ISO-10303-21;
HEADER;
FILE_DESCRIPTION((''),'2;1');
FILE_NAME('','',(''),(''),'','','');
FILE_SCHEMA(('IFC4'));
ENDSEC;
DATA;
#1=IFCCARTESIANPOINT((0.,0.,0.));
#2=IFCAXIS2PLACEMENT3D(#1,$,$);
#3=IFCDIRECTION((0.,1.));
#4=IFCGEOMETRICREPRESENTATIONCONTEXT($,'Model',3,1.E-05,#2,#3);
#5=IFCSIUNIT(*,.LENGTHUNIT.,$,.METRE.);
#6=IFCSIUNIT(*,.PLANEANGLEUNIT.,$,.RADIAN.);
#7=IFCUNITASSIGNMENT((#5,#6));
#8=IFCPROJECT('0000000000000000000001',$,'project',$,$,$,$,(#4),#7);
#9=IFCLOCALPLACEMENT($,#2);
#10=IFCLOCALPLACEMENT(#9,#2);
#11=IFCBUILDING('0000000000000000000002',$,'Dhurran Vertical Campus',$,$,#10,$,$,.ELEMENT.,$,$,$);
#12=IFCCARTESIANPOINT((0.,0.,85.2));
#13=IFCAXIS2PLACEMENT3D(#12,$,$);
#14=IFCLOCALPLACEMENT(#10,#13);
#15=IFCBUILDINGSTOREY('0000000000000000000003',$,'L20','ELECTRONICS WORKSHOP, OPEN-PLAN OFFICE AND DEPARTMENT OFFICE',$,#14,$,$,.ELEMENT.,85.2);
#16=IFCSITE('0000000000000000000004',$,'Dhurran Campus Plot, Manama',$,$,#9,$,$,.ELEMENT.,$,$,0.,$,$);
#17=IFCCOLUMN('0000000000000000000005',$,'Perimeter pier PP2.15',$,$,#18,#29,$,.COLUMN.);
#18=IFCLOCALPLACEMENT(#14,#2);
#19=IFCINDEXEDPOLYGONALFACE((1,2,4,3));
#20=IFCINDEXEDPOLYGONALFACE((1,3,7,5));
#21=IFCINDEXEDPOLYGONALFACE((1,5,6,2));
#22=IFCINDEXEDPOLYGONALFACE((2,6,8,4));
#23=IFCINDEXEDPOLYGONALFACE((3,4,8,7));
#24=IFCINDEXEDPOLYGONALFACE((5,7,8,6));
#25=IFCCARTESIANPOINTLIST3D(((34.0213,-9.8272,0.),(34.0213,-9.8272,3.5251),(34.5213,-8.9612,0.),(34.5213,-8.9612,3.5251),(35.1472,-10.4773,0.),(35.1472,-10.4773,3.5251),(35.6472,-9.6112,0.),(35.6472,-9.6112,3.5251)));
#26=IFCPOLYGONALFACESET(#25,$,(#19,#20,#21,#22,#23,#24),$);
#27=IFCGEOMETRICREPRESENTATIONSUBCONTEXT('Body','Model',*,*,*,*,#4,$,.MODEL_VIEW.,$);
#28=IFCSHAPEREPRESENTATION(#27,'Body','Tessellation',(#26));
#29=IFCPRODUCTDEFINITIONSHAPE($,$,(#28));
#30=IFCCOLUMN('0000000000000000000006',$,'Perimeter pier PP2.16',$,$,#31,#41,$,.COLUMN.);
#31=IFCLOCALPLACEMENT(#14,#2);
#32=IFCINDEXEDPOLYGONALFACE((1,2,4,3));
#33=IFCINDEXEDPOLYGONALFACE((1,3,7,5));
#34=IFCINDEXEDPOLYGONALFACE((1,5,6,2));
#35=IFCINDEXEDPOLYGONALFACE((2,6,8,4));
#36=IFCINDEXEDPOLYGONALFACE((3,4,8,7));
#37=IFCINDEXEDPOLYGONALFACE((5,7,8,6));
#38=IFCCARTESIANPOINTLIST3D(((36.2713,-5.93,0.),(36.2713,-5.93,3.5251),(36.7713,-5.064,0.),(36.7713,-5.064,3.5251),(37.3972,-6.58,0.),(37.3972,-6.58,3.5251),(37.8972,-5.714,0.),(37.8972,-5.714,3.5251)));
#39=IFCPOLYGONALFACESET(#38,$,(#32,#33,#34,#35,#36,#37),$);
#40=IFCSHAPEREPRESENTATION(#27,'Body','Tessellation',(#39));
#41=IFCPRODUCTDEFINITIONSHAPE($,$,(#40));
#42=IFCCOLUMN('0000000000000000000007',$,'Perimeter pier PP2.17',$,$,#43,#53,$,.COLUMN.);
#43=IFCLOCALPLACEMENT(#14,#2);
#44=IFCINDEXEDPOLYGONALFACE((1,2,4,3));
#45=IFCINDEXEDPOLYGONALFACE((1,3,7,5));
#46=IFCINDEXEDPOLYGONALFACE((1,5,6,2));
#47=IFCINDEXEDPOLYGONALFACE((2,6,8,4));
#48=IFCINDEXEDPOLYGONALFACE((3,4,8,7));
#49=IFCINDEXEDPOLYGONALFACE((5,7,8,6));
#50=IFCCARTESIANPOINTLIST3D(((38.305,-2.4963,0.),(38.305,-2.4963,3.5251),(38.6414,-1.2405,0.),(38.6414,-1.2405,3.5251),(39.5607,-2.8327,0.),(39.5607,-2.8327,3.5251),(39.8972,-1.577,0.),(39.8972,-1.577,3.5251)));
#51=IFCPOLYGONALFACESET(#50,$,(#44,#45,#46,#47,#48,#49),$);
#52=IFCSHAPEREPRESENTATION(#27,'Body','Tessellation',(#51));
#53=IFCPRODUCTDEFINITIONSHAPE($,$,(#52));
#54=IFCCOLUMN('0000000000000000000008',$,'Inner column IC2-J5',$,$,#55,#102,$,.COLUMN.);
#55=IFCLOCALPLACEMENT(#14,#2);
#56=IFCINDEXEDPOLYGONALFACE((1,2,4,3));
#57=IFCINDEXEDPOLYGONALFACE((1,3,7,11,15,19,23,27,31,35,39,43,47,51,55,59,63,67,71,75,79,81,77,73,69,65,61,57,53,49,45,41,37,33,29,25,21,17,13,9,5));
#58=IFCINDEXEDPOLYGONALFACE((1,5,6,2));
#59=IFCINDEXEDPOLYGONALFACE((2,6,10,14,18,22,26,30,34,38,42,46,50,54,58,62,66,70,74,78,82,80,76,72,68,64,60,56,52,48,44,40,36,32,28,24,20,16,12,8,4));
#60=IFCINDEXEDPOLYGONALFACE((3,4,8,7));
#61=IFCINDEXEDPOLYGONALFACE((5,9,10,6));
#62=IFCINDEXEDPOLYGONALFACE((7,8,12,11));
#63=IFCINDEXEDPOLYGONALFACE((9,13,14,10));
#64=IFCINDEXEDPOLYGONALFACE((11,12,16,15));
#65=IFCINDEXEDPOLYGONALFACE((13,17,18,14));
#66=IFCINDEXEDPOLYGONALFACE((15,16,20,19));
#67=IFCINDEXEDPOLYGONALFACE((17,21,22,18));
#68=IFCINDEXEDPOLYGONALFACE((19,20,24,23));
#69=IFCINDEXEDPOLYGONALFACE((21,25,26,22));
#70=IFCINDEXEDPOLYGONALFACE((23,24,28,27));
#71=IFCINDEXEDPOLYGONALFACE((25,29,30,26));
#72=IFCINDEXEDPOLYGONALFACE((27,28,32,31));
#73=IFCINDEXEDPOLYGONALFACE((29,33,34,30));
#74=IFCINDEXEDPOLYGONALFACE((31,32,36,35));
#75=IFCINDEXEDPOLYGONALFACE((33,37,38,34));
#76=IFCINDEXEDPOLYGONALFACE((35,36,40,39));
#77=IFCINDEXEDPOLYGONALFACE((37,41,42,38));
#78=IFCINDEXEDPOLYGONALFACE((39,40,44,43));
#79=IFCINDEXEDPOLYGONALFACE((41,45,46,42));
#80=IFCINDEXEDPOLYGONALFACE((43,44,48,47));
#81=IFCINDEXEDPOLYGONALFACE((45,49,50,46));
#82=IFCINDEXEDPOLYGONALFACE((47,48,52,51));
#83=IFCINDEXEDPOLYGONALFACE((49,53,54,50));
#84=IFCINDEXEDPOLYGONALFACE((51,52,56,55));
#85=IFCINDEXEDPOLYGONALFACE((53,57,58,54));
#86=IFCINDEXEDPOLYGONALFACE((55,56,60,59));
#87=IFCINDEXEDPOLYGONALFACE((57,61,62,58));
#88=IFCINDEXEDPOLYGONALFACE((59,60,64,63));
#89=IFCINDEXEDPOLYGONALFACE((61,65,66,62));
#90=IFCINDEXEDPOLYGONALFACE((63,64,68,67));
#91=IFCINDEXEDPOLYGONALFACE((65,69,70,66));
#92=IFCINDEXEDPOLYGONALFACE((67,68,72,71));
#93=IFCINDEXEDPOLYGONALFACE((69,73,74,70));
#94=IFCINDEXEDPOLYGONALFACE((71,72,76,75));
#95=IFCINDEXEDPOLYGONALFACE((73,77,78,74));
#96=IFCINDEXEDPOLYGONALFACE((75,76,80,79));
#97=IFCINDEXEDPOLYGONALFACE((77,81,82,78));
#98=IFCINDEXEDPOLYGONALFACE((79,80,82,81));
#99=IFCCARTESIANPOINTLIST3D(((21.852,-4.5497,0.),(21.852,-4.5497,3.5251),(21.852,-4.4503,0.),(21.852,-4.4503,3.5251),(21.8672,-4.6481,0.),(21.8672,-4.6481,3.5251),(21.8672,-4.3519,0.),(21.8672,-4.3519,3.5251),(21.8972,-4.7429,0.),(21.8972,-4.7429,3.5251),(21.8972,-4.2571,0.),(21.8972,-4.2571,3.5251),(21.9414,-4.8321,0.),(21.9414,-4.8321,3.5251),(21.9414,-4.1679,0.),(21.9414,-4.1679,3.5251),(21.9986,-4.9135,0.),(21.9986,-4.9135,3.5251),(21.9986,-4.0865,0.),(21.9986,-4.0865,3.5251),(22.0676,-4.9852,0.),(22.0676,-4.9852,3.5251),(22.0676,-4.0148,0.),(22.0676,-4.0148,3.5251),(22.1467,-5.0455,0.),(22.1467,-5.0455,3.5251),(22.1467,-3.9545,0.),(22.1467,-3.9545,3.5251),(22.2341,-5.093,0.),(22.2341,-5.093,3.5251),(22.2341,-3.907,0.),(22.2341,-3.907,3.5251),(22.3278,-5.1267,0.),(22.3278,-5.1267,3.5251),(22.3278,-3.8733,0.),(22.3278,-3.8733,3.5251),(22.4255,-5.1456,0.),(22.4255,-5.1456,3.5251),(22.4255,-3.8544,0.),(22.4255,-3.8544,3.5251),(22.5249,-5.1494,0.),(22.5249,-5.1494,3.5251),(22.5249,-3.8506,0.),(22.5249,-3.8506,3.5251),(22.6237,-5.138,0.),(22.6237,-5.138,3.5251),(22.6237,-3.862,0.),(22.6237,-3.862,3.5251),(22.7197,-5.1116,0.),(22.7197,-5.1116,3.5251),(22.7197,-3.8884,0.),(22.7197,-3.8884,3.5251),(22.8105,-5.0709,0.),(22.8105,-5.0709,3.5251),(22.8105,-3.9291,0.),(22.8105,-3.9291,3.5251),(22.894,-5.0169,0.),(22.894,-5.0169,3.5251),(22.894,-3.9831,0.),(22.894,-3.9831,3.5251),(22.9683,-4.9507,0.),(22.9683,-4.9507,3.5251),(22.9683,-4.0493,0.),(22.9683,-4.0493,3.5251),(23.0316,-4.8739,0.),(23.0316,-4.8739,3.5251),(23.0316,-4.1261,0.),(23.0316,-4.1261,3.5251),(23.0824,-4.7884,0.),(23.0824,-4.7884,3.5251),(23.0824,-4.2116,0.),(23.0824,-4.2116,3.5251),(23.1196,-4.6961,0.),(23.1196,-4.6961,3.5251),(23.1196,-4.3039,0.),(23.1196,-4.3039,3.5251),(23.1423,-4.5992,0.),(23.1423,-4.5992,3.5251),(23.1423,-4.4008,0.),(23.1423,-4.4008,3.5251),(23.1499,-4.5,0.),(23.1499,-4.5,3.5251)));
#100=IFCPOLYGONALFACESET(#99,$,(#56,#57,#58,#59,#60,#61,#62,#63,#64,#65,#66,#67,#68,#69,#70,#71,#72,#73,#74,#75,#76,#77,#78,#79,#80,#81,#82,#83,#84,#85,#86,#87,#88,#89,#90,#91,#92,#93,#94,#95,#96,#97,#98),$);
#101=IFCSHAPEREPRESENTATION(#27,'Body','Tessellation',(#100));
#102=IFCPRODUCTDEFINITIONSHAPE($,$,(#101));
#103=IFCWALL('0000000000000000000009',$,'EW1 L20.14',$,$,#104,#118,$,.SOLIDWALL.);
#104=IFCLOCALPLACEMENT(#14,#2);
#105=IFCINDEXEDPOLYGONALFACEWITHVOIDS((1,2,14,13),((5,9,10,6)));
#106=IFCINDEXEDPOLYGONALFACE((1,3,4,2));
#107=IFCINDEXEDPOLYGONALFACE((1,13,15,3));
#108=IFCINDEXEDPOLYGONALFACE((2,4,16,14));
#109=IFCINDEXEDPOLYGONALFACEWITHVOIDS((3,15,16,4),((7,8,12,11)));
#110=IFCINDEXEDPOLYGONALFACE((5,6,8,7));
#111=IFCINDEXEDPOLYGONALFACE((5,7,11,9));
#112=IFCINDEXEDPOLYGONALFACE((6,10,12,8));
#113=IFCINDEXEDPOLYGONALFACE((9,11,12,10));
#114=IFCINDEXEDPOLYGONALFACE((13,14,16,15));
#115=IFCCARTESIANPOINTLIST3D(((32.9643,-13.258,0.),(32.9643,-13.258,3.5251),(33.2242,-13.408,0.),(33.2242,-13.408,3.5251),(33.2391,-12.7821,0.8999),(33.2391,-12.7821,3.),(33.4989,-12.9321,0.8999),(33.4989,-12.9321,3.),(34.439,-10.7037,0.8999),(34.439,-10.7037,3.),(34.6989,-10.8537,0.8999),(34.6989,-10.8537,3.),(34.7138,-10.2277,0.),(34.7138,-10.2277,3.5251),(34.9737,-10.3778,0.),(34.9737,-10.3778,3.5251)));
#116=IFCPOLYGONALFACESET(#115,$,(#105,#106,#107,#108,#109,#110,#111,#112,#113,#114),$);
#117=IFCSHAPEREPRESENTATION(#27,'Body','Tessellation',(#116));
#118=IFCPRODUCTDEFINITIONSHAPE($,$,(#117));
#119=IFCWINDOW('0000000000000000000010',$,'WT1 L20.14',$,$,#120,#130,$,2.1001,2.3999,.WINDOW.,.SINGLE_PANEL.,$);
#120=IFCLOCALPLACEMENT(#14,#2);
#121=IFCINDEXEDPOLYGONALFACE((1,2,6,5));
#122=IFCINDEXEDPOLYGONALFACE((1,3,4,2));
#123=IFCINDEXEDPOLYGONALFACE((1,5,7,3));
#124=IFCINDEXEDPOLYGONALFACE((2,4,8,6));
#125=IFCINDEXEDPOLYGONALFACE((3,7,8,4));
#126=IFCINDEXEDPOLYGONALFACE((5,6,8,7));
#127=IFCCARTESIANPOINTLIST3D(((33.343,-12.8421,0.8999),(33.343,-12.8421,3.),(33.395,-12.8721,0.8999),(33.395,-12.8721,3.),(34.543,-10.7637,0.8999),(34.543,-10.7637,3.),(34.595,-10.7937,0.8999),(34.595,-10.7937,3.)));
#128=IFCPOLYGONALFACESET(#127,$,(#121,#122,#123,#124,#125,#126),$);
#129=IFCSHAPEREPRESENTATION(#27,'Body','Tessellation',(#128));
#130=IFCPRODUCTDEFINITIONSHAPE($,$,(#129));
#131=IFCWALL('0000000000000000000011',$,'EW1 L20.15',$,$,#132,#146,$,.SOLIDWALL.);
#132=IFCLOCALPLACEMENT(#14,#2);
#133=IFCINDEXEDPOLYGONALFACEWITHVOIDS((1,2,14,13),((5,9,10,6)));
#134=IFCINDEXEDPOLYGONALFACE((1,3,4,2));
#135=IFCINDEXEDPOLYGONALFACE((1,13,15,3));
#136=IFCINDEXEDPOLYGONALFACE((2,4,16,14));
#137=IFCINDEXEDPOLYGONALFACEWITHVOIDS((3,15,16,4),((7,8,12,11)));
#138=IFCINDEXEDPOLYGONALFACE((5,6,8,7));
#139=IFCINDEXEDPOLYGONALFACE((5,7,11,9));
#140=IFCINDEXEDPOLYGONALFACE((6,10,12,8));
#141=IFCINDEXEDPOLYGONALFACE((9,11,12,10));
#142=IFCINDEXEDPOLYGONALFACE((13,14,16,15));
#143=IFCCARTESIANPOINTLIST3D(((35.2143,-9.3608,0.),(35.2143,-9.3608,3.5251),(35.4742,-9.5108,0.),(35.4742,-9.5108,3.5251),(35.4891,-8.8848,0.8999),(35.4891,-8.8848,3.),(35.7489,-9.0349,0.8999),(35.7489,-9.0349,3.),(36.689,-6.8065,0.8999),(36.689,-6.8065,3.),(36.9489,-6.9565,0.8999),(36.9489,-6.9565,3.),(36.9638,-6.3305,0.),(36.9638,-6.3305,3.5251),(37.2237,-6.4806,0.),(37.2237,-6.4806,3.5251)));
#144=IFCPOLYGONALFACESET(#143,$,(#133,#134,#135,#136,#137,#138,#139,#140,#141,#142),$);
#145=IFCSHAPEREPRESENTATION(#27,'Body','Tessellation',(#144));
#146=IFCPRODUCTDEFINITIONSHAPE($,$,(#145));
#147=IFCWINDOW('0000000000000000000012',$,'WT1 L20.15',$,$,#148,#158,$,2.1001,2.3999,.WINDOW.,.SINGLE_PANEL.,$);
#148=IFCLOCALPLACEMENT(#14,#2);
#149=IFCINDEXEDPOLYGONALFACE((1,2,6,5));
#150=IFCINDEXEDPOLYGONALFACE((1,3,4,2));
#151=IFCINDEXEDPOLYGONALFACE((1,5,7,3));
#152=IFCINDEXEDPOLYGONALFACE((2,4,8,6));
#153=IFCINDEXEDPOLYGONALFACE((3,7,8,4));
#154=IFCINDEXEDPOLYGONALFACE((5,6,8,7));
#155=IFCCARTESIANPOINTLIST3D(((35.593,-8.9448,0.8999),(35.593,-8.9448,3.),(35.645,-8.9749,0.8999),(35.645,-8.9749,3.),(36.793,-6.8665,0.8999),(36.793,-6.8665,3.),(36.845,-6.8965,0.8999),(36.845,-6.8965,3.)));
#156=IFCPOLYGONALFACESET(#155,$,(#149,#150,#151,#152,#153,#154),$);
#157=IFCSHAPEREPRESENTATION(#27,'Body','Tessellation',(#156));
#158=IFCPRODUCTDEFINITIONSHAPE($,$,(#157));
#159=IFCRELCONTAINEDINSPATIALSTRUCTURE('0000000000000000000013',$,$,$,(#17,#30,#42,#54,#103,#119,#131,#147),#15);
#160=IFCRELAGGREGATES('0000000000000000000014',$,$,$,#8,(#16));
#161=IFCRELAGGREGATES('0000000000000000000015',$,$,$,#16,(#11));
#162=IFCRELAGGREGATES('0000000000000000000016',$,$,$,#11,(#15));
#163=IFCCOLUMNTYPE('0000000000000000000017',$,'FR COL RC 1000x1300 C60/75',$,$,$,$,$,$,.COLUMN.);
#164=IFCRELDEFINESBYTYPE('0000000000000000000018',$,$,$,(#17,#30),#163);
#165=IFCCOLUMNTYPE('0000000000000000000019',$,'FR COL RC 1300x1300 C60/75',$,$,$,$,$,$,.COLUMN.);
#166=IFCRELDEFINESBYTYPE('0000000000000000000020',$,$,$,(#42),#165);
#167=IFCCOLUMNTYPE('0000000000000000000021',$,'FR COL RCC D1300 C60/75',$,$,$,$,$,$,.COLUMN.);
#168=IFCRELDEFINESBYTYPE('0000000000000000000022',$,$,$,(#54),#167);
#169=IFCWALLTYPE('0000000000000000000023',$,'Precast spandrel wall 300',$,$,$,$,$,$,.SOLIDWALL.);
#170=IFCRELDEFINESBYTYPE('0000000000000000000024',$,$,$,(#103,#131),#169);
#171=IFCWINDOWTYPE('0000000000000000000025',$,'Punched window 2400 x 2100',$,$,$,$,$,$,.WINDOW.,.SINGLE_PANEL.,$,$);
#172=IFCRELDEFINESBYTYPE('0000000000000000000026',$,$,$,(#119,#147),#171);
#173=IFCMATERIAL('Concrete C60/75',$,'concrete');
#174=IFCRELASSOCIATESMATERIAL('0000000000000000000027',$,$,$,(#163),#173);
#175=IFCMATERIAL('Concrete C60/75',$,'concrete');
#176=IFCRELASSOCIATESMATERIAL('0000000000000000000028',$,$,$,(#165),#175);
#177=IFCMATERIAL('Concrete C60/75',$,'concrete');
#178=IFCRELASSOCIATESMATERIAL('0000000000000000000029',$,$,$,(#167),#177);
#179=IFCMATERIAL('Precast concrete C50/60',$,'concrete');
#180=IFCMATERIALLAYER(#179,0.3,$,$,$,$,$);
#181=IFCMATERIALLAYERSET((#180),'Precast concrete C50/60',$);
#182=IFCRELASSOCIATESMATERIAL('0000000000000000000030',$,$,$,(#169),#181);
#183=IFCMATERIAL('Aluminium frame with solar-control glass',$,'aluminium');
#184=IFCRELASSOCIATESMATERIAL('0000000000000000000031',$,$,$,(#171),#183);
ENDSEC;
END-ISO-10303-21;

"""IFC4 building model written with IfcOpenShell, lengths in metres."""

from ifc_helpers import new_model, si_unit, direction, frame, frame_2d, origin, origin_2d, place, context, subcontext, project, spatial, rectangle, circle, extrude, material, layer, layer_set, material_profile, profile_set, type_object, element, fill, save


model = new_model("IFC4")

# Units and contexts
model_context = context("Model", 3, precision=1e-05, world=origin(), true_north=direction((0.0, 1.0)))
body_context = subcontext(model_context, "Body", "Model", "MODEL_VIEW")
ifc_project = project(units=[si_unit("LENGTHUNIT", "METRE"), si_unit("PLANEANGLEUNIT", "RADIAN")], contexts=[model_context])

# Site, building, storey
site_placement = place(None, origin())
site = spatial("IfcSite", under=ifc_project, at=site_placement, Name="Dhurran Campus Plot, Manama", CompositionType="ELEMENT", RefElevation=0.0)
building_placement = place(site_placement, origin())
building = spatial("IfcBuilding", under=site, at=building_placement, Name="Dhurran Vertical Campus", CompositionType="ELEMENT")
storey_placement = place(building_placement, frame((0.0, 0.0, 85.2)))
storey = spatial("IfcBuildingStorey", under=building, at=storey_placement, Name="L20", Description="ELECTRONICS WORKSHOP, OPEN-PLAN OFFICE AND DEPARTMENT OFFICE", CompositionType="ELEMENT", Elevation=85.2)

# Columns
ifc_material_1 = material(Name="Concrete C60/75", Category="concrete")
ifc_material_profile_1 = material_profile(ifc_material_1, rectangle(XDim=1.0, YDim=1.3, at=origin_2d()), Name="RC 1000x1300")
ifc_profile_set_1 = profile_set([ifc_material_profile_1], Name="Concrete C60/75")
column_type_1 = type_object("IfcColumnType", Name="FR COL RC 1000x1300 C60/75", PredefinedType="COLUMN", material=ifc_profile_set_1)
for number, where, z_axis, x_axis, name in (
    (1, (34.8342, -9.7192, 0.0), (0.0, 0.0, 1.0), (0.5, 0.866025, 0.0), "Perimeter pier PP2.15"),
    (2, (37.0842, -5.822, 0.0), (0.0, 0.0, 1.0), (0.5, 0.866025, 0.0), "Perimeter pier PP2.16"),
):
    element("IfcColumn", number, at=place(storey_placement, frame(where, z_axis=z_axis, x_axis=x_axis)), inside=storey, type_object=column_type_1, Name=name, PredefinedType="COLUMN", context=body_context, shape_type="SweptSolid", body=[
        extrude(rectangle(XDim=1.0, YDim=1.3, at=origin_2d()), origin(), (0.0, 0.0, 1.0), 3.5251),
    ])
ifc_material_2 = material(Name="Concrete C60/75", Category="concrete")
ifc_material_profile_2 = material_profile(ifc_material_2, rectangle(XDim=1.3, YDim=1.3, at=origin_2d()), Name="RC 1300x1300")
ifc_profile_set_2 = profile_set([ifc_material_profile_2], Name="Concrete C60/75")
column_type_2 = type_object("IfcColumnType", Name="FR COL RC 1300x1300 C60/75", PredefinedType="COLUMN", material=ifc_profile_set_2)
column_1_placement = place(storey_placement, frame((39.1011, -2.0366, 0.0), z_axis=(0.0, 0.0, 1.0), x_axis=(0.258819, 0.965926, 0.0)))
element("IfcColumn", 3, at=column_1_placement, inside=storey, type_object=column_type_2, Name="Perimeter pier PP2.17", PredefinedType="COLUMN", context=body_context, shape_type="SweptSolid", body=[
    extrude(rectangle(XDim=1.3, YDim=1.3, at=origin_2d()), origin(), (0.0, 0.0, 1.0), 3.5251),
])
ifc_material_3 = material(Name="Concrete C60/75", Category="concrete")
ifc_material_profile_3 = material_profile(ifc_material_3, circle(Radius=0.6499, at=origin_2d()), Name="RCC D1300")
ifc_profile_set_3 = profile_set([ifc_material_profile_3], Name="Concrete C60/75")
column_type_3 = type_object("IfcColumnType", Name="FR COL RCC D1300 C60/75", PredefinedType="COLUMN", material=ifc_profile_set_3)
column_2_placement = place(storey_placement, frame((22.5, -4.5, 0.0), z_axis=(0.0, 0.0, 1.0), x_axis=(1.0, 0.0, 0.0)))
element("IfcColumn", 4, at=column_2_placement, inside=storey, type_object=column_type_3, Name="Inner column IC2-J5", PredefinedType="COLUMN", context=body_context, shape_type="SweptSolid", body=[
    extrude(circle(Radius=0.6499, at=origin_2d()), origin(), (0.0, 0.0, 1.0), 3.5251),
])

# Walls, openings, windows
ifc_material_4 = material(Name="Precast concrete C50/60", Category="concrete")
ifc_layer_1 = layer(ifc_material_4, 0.3)
ifc_layer_set_1 = layer_set([ifc_layer_1], Name="Precast concrete C50/60")
wall_type_1 = type_object("IfcWallType", Name="Precast spandrel wall 300", PredefinedType="SOLIDWALL", material=ifc_layer_set_1)
wall_1_placement = place(storey_placement, frame((33.0942, -13.333, 0.0), z_axis=(0.0, 0.0, 1.0), x_axis=(0.499996, 0.866028, 0.0)))
wall_1 = element("IfcWall", 5, at=wall_1_placement, inside=storey, type_object=wall_type_1, Name="EW1 L20.14", PredefinedType="SOLIDWALL", context=body_context, shape_type="SweptSolid", body=[
    extrude(rectangle(XDim=3.499, YDim=0.3, at=frame_2d((1.7495, 0.0))), origin(), (0.0, 0.0, 1.0), 3.5251),
])
opening_1_placement = place(wall_1_placement, frame((0.5496, 0.0, 0.8999)))
opening_1 = element("IfcOpeningElement", 6, at=opening_1_placement, cuts=wall_1, PredefinedType="OPENING", context=body_context, shape_type="SweptSolid", body=[
    extrude(rectangle(XDim=2.3999, YDim=2.1001, at=frame_2d((1.2, 1.05))), frame((0.0, 0.1599, 0.0), z_axis=(0.0, -1.0, 0.0), x_axis=(1.0, 0.0, 0.0)), (0.0, 0.0, 1.0), 0.3201),
])
ifc_material_5 = material(Name="Aluminium frame with solar-control glass", Category="aluminium")
window_type = type_object("IfcWindowType", Name="Punched window 2400 x 2100", PartitioningType="SINGLE_PANEL", PredefinedType="WINDOW", material=ifc_material_5)
window_1_placement = place(opening_1_placement, origin())
window_1 = element("IfcWindow", 7, at=window_1_placement, inside=storey, type_object=window_type, Name="WT1 L20.14", OverallHeight=2.1001, OverallWidth=2.3999, PartitioningType="SINGLE_PANEL", PredefinedType="WINDOW", context=body_context, shape_type="SweptSolid", body=[
    extrude(rectangle(XDim=2.3999, YDim=2.1001, at=frame_2d((1.2, 1.05))), frame((0.0, 0.03, 0.0), z_axis=(0.0, -1.0, 0.0), x_axis=(1.0, 0.0, 0.0)), (0.0, 0.0, 1.0), 0.0601),
])
fill(opening_1, window_1)
wall_2_placement = place(storey_placement, frame((35.3442, -9.4358, 0.0), z_axis=(0.0, 0.0, 1.0), x_axis=(0.499996, 0.866028, 0.0)))
wall_2 = element("IfcWall", 8, at=wall_2_placement, inside=storey, type_object=wall_type_1, Name="EW1 L20.15", PredefinedType="SOLIDWALL", context=body_context, shape_type="SweptSolid", body=[
    extrude(rectangle(XDim=3.499, YDim=0.3, at=frame_2d((1.7495, 0.0))), origin(), (0.0, 0.0, 1.0), 3.5251),
])
opening_2_placement = place(wall_2_placement, frame((0.5496, 0.0, 0.8999)))
opening_2 = element("IfcOpeningElement", 9, at=opening_2_placement, cuts=wall_2, PredefinedType="OPENING", context=body_context, shape_type="SweptSolid", body=[
    extrude(rectangle(XDim=2.3999, YDim=2.1001, at=frame_2d((1.2, 1.05))), frame((0.0, 0.1599, 0.0), z_axis=(0.0, -1.0, 0.0), x_axis=(1.0, 0.0, 0.0)), (0.0, 0.0, 1.0), 0.3201),
])
window_2_placement = place(opening_2_placement, origin())
window_2 = element("IfcWindow", 10, at=window_2_placement, inside=storey, type_object=window_type, Name="WT1 L20.15", OverallHeight=2.1001, OverallWidth=2.3999, PartitioningType="SINGLE_PANEL", PredefinedType="WINDOW", context=body_context, shape_type="SweptSolid", body=[
    extrude(rectangle(XDim=2.3999, YDim=2.1001, at=frame_2d((1.2, 1.05))), frame((0.0, 0.03, 0.0), z_axis=(0.0, -1.0, 0.0), x_axis=(1.0, 0.0, 0.0)), (0.0, 0.0, 1.0), 0.0601),
])
fill(opening_2, window_2)

save(model, "model.ifc")
